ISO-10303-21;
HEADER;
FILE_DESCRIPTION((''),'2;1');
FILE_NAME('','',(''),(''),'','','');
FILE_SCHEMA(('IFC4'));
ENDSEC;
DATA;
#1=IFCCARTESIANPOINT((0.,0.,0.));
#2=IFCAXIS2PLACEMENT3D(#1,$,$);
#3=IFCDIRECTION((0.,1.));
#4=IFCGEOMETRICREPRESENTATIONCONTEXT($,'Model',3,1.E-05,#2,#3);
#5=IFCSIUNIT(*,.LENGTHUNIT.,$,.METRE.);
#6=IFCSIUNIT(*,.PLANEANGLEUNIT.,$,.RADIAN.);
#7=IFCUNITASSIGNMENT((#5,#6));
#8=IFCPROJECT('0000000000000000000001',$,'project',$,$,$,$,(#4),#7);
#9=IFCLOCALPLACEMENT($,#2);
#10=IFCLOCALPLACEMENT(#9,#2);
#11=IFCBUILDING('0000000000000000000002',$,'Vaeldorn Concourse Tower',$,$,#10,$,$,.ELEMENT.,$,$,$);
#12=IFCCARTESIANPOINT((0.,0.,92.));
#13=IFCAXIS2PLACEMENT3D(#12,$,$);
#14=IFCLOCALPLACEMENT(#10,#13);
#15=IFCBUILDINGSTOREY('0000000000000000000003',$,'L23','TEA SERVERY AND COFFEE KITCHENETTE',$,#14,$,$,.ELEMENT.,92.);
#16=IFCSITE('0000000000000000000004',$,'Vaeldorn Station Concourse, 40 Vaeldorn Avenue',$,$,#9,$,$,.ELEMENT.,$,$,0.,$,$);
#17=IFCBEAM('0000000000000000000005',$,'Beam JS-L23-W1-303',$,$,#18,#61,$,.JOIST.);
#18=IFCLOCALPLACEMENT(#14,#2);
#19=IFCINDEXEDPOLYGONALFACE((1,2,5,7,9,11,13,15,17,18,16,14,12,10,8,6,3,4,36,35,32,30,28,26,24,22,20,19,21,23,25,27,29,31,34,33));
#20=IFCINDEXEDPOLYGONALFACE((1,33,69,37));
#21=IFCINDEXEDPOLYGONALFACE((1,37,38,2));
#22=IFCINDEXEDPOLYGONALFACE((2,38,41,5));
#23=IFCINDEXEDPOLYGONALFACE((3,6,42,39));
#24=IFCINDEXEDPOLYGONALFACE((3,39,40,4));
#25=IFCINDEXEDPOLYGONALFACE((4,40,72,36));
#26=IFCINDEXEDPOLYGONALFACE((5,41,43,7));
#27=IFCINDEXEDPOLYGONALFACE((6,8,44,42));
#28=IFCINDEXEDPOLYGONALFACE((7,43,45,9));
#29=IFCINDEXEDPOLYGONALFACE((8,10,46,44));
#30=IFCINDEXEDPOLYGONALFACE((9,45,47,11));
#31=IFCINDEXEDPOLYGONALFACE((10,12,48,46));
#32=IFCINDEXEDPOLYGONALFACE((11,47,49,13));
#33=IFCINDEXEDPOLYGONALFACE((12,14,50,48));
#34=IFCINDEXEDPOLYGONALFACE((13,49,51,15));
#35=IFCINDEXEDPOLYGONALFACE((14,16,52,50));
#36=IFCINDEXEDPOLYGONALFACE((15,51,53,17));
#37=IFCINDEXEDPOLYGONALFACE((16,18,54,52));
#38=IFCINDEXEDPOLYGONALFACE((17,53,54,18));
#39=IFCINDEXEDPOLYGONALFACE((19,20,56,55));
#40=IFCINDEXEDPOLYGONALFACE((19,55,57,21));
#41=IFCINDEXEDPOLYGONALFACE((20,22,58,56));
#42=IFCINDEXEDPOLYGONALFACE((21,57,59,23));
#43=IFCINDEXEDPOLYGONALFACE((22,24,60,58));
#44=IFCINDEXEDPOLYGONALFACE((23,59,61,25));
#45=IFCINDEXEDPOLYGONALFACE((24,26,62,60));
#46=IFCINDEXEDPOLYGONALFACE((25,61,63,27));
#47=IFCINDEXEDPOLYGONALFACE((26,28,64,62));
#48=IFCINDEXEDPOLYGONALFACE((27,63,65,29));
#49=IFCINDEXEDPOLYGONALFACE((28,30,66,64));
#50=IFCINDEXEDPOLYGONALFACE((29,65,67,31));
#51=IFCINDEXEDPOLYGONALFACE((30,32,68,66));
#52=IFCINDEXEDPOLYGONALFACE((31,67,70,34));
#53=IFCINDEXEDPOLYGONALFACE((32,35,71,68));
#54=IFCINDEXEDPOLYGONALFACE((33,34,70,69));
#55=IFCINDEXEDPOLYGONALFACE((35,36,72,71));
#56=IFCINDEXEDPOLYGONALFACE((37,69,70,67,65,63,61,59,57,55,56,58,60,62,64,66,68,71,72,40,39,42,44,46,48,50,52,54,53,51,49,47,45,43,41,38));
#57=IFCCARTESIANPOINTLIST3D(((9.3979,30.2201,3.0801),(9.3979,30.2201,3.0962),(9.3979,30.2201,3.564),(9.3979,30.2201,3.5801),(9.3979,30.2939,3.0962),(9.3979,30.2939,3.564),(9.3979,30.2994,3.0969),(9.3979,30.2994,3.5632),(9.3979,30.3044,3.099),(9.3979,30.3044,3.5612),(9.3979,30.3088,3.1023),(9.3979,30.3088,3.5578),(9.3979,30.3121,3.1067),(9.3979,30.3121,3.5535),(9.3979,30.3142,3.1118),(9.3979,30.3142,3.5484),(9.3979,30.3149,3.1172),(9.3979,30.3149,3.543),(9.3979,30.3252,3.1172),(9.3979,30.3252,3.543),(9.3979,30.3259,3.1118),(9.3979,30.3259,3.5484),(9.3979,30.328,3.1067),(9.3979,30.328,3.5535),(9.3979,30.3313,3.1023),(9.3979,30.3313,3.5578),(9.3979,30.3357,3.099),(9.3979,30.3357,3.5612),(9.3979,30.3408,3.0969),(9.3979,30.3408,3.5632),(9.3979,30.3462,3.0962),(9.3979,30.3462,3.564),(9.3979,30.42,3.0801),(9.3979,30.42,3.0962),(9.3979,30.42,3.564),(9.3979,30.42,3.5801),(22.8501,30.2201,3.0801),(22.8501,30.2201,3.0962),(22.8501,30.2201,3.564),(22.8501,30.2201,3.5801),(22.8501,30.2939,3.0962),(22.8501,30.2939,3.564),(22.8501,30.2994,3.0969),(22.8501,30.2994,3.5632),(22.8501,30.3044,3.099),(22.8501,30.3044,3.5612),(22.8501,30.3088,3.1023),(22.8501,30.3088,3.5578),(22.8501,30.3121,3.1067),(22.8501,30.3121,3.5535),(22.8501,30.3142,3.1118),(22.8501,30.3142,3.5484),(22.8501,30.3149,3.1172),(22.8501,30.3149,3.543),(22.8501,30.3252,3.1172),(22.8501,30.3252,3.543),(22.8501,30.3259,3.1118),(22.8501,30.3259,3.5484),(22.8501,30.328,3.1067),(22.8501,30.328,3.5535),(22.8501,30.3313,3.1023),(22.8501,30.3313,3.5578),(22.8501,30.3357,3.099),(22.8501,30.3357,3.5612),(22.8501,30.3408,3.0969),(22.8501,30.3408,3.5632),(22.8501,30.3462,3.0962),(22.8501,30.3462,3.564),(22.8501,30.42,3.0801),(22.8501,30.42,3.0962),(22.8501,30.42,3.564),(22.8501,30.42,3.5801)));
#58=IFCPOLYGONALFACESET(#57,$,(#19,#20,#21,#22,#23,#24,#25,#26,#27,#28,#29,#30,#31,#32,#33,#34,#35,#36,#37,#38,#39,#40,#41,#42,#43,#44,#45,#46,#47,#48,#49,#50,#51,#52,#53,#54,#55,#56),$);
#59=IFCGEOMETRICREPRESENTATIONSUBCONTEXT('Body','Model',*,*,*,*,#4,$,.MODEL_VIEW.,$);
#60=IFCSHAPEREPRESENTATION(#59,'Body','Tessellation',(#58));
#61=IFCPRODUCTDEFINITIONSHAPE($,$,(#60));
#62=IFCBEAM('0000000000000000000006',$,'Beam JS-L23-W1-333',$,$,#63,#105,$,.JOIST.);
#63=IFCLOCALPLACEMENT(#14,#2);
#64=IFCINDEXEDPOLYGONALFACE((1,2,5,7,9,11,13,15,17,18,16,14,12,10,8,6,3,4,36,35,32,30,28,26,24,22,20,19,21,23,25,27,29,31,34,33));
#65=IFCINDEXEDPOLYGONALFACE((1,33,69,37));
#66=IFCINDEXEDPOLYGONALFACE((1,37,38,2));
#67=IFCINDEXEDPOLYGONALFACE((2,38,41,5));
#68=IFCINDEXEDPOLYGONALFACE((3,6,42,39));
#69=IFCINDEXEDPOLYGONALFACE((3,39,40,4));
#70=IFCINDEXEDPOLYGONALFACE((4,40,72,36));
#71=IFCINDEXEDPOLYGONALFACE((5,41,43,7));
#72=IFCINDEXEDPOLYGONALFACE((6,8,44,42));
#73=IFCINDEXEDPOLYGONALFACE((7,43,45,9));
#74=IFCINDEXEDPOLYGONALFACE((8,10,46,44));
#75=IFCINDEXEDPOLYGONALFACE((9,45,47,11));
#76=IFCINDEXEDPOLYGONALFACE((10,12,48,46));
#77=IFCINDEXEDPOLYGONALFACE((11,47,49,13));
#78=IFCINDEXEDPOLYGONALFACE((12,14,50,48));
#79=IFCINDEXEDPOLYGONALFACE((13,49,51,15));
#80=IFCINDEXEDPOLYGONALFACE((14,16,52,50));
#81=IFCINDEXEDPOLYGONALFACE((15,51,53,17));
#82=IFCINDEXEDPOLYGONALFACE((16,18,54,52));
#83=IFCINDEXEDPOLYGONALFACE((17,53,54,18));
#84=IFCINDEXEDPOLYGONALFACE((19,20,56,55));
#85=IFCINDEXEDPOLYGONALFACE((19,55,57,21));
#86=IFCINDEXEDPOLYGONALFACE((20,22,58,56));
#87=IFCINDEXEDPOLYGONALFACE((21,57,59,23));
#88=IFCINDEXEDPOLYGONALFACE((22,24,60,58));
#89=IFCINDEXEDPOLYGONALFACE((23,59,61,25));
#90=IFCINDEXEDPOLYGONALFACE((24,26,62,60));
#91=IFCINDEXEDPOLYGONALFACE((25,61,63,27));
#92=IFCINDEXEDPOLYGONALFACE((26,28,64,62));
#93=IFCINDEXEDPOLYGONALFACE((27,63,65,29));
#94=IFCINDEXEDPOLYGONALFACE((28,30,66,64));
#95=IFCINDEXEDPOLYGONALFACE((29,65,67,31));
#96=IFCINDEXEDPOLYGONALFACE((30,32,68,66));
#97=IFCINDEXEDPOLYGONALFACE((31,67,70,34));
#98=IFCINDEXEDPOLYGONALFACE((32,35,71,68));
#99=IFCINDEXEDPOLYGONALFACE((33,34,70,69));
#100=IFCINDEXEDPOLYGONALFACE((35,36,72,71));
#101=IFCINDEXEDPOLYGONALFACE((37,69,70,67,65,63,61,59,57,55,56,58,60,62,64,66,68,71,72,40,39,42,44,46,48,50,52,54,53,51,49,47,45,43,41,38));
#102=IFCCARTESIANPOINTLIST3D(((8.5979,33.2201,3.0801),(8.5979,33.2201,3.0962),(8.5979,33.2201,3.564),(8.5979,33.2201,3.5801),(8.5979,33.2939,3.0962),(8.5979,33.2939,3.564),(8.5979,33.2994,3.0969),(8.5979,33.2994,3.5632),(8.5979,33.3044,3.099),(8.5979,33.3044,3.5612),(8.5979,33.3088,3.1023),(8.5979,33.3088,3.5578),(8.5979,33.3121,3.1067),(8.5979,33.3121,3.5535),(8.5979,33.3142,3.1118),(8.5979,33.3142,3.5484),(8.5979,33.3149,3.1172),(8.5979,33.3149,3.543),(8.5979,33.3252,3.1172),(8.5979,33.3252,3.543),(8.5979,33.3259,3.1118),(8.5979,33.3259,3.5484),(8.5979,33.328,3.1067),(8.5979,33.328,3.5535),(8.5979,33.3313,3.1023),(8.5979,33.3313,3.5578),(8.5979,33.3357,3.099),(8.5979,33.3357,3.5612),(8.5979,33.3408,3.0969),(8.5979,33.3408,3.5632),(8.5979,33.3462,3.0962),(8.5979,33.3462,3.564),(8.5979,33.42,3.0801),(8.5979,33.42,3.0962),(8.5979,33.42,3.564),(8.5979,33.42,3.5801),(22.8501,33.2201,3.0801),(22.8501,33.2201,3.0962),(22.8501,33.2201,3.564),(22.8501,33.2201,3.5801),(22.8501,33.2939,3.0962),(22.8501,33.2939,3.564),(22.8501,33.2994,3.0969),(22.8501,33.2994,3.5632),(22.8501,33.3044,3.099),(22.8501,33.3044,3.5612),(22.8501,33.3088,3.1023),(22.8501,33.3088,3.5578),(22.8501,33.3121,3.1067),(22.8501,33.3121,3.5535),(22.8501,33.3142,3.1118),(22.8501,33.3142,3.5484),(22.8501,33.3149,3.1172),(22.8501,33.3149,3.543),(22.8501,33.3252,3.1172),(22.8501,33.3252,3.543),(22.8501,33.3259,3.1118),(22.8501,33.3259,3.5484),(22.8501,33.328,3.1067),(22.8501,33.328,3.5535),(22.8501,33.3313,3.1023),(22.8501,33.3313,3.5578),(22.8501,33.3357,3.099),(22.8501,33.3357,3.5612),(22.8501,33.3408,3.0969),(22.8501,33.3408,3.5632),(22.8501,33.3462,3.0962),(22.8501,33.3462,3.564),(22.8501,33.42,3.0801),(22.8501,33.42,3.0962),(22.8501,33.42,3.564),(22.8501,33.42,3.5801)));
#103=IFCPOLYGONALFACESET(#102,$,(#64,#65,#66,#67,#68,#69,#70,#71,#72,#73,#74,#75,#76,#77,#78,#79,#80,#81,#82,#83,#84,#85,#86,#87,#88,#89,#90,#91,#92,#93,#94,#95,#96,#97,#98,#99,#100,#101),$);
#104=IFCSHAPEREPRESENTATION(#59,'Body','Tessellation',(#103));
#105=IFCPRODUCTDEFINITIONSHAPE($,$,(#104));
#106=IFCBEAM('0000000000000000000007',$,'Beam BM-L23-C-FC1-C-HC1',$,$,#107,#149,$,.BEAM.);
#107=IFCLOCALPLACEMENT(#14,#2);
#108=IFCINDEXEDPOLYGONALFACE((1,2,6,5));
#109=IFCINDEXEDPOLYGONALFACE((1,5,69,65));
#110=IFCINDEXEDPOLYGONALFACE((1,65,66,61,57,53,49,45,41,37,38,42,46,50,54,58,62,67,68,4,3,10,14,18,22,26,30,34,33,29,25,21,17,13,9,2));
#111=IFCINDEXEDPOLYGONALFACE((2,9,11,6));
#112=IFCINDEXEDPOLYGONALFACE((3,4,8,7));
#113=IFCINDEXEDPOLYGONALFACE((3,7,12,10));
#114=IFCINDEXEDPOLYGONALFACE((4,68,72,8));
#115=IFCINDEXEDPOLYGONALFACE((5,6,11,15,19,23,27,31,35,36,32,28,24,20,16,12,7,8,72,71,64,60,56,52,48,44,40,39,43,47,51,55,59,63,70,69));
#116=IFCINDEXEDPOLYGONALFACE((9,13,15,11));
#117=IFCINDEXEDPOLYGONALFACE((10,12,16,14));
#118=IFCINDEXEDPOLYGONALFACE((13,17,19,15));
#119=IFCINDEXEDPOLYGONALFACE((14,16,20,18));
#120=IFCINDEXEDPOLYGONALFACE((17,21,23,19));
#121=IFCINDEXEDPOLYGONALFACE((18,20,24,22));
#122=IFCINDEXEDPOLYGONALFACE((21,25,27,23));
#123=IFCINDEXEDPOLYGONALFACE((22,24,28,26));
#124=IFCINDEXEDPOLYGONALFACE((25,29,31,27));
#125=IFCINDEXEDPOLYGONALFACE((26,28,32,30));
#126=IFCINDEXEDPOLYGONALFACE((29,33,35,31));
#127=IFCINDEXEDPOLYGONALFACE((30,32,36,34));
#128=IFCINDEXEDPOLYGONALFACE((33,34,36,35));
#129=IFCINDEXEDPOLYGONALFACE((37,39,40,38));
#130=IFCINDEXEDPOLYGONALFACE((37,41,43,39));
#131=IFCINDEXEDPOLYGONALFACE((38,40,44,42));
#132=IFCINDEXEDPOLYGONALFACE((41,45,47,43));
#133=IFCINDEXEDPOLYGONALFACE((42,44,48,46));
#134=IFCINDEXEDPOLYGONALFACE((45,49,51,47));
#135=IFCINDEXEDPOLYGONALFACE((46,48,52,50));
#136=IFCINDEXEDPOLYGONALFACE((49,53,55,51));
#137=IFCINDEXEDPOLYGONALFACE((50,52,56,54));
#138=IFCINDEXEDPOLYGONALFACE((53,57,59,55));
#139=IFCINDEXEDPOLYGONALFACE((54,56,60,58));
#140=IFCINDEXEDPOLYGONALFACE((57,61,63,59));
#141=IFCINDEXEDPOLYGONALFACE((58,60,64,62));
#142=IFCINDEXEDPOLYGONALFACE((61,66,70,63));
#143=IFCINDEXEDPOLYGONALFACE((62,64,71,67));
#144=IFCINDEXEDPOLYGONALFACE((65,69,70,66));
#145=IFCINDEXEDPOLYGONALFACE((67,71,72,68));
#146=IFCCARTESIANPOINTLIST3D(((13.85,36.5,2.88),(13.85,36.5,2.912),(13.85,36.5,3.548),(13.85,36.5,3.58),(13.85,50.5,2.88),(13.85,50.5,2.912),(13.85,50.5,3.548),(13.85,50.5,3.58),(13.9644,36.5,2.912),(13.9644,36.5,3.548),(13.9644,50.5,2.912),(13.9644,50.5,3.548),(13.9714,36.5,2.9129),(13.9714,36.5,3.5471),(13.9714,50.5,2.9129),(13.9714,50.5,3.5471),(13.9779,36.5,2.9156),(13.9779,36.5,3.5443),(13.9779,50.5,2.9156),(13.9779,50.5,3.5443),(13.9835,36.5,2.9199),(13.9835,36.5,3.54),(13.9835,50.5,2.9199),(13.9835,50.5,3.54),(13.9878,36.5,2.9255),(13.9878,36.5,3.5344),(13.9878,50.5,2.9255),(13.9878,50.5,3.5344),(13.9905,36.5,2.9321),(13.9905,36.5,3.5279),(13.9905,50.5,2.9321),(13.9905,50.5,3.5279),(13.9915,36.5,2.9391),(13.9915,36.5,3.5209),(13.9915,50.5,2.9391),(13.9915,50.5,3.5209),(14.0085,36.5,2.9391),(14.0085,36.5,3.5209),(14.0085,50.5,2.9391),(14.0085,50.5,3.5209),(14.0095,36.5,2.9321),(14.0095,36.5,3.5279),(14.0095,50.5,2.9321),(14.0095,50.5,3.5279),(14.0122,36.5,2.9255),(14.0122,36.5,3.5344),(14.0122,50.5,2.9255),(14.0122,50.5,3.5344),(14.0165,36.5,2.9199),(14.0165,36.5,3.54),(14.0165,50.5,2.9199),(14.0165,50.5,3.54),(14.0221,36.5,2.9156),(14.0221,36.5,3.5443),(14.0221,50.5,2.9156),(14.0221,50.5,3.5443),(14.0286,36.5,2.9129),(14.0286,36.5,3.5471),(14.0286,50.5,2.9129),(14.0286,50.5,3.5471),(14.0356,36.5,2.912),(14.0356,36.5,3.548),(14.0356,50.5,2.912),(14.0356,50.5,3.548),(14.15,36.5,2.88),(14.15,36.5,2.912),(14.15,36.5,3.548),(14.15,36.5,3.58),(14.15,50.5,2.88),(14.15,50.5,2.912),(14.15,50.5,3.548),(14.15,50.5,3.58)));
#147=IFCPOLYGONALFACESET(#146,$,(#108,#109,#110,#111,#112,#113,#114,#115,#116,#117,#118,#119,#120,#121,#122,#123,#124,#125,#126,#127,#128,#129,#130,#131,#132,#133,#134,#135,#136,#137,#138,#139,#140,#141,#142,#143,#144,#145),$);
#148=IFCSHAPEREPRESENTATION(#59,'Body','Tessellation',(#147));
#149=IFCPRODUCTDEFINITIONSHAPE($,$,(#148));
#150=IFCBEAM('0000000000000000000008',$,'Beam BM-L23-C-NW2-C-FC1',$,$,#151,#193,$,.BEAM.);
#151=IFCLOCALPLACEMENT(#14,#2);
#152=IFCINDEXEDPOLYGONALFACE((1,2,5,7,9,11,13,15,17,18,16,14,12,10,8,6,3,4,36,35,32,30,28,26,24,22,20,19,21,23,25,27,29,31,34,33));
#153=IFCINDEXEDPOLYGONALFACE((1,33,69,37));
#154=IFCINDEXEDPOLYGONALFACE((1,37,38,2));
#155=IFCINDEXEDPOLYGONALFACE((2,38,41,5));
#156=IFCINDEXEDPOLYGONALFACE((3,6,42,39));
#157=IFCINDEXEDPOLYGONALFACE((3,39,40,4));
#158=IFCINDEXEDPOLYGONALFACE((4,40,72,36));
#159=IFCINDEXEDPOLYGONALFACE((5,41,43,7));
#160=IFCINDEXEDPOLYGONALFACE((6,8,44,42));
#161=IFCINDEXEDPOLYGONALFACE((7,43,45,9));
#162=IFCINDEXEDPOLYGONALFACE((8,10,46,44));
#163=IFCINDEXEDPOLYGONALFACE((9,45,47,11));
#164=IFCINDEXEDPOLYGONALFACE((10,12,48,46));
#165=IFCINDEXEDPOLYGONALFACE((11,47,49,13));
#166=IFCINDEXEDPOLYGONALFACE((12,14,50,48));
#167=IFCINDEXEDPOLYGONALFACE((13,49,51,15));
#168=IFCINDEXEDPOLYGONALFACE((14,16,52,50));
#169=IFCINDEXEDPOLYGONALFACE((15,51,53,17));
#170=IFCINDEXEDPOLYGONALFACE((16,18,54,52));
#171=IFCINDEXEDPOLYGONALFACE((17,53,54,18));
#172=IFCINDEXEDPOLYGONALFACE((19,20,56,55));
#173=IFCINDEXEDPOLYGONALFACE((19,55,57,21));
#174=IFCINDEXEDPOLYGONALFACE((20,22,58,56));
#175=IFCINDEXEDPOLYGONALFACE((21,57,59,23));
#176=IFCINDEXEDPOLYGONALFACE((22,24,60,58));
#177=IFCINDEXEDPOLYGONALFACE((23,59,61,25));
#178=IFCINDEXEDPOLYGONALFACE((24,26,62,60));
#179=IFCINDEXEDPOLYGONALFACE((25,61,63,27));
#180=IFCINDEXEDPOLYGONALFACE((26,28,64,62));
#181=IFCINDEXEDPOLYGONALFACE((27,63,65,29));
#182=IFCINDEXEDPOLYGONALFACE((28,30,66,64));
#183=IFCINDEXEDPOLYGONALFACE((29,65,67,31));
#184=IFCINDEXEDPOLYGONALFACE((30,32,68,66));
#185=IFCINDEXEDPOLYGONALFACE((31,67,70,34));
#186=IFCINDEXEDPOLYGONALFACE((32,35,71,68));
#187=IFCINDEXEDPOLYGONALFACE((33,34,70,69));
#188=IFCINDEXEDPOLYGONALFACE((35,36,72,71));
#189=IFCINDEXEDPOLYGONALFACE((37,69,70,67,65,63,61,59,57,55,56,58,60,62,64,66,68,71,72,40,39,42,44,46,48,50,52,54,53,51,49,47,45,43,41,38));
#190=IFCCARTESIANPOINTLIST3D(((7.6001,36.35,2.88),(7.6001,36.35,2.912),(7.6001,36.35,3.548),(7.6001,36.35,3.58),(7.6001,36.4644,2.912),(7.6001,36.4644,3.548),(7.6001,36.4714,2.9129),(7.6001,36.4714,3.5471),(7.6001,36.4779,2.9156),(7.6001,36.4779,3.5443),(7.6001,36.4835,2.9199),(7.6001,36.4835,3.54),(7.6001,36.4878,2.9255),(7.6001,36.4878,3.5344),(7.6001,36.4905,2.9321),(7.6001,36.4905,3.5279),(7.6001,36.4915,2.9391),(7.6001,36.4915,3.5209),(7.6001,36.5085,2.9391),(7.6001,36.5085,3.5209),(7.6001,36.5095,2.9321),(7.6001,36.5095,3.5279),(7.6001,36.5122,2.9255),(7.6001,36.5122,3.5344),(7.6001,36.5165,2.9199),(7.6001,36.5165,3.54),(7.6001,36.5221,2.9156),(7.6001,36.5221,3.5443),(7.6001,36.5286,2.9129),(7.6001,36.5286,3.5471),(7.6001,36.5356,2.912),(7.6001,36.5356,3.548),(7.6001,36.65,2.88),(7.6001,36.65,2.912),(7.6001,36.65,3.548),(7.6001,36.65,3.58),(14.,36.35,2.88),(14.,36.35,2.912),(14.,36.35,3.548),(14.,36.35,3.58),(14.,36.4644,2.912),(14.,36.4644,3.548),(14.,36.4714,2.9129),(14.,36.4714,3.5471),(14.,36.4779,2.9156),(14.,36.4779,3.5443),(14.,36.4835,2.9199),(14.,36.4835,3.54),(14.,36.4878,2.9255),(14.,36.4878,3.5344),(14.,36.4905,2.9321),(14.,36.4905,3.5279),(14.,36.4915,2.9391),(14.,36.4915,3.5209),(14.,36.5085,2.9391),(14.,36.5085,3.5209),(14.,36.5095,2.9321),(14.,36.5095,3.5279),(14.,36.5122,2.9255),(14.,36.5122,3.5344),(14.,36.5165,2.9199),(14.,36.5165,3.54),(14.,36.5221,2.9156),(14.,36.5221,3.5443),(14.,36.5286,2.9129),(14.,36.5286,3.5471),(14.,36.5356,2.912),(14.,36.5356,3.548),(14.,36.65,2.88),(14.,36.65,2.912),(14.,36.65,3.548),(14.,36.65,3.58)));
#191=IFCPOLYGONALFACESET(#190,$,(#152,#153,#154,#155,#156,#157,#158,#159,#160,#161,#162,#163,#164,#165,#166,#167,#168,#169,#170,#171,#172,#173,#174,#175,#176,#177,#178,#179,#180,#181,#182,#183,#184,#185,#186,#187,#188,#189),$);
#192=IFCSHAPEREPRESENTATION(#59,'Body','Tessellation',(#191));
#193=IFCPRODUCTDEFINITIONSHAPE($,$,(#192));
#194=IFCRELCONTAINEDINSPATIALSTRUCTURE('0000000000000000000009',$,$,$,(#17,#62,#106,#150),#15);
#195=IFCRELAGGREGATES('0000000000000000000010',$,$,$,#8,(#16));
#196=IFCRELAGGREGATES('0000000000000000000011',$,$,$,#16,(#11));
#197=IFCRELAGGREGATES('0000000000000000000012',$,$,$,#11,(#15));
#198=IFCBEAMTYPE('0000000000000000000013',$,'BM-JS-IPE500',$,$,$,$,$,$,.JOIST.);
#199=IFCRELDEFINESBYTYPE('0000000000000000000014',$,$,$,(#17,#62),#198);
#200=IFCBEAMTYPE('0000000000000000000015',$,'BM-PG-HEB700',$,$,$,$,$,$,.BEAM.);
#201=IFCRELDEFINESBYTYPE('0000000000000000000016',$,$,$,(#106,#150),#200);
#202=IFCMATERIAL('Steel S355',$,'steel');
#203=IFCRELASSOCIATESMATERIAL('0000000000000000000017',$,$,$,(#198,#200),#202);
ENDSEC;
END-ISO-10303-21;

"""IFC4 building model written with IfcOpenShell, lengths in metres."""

from ifc_helpers import new_model, si_unit, direction, frame, origin, origin_2d, place, context, subcontext, project, spatial, i_section, extrude, source, transform, mapped, material, material_profile, profile_set, type_object, element, save


model = new_model("IFC4")

# Units and contexts
model_context = context("Model", 3, precision=1e-05, world=origin(), true_north=direction((0.0, 1.0)))
body_context = subcontext(model_context, "Body", "Model", "MODEL_VIEW")
ifc_project = project(units=[si_unit("LENGTHUNIT", "METRE"), si_unit("PLANEANGLEUNIT", "RADIAN")], contexts=[model_context])

# Site, building, storey
site_placement = place(None, origin())
site = spatial("IfcSite", under=ifc_project, at=site_placement, Name="Vaeldorn Station Concourse, 40 Vaeldorn Avenue", CompositionType="ELEMENT", RefElevation=0.0)
building_placement = place(site_placement, origin())
building = spatial("IfcBuilding", under=site, at=building_placement, Name="Vaeldorn Concourse Tower", CompositionType="ELEMENT")
storey_placement = place(building_placement, frame((0.0, 0.0, 92.0)))
storey = spatial("IfcBuildingStorey", under=building, at=storey_placement, Name="L23", Description="TEA SERVERY AND COFFEE KITCHENETTE", CompositionType="ELEMENT", Elevation=92.0)

# Beams
ifc_material_1 = material(Name="Steel S355", Category="steel")
ifc_material_profile_1 = material_profile(ifc_material_1, i_section(OverallWidth=0.2, OverallDepth=0.5, WebThickness=0.0103, FlangeThickness=0.0161, FilletRadius=0.021, at=origin_2d()), Name="IPE 500")
ifc_profile_set_1 = profile_set([ifc_material_profile_1], Name="Steel S355")
beam_type_1 = type_object("IfcBeamType", Name="BM-JS-IPE500", PredefinedType="JOIST", material=ifc_profile_set_1)
shared_shape_1 = source(origin(), body_context, "Body", "SweptSolid", [
    extrude(i_section(OverallWidth=0.2, OverallDepth=0.5, WebThickness=0.0103, FlangeThickness=0.0161, FilletRadius=0.021, at=origin_2d()), origin(), (0.0, 0.0, 1.0), 13.4521),
])
beam_1_placement = place(storey_placement, frame((9.3979, 30.3201, 3.3301), z_axis=(1.0, 0.0, 0.0), x_axis=(0.0, 1.0, 0.0)))
element("IfcBeam", 1, at=beam_1_placement, inside=storey, type_object=beam_type_1, Name="Beam JS-L23-W1-303", PredefinedType="JOIST", context=body_context, shape_type="MappedRepresentation", body=[
    mapped(shared_shape_1, transform((0.0, 0.0, 0.0), scale=1.0)),
])
shared_shape_2 = source(origin(), body_context, "Body", "SweptSolid", [
    extrude(i_section(OverallWidth=0.2, OverallDepth=0.5, WebThickness=0.0103, FlangeThickness=0.0161, FilletRadius=0.021, at=origin_2d()), origin(), (0.0, 0.0, 1.0), 14.2522),
])
beam_2_placement = place(storey_placement, frame((8.5979, 33.3201, 3.3301), z_axis=(1.0, 0.0, 0.0), x_axis=(0.0, 1.0, 0.0)))
element("IfcBeam", 2, at=beam_2_placement, inside=storey, type_object=beam_type_1, Name="Beam JS-L23-W1-333", PredefinedType="JOIST", context=body_context, shape_type="MappedRepresentation", body=[
    mapped(shared_shape_2, transform((0.0, 0.0, 0.0), scale=1.0)),
])
ifc_material_profile_2 = material_profile(ifc_material_1, i_section(OverallWidth=0.3, OverallDepth=0.7, WebThickness=0.0171, FlangeThickness=0.032, FilletRadius=0.0271, at=origin_2d()), Name="HEB 700")
ifc_profile_set_2 = profile_set([ifc_material_profile_2], Name="Steel S355")
beam_type_2 = type_object("IfcBeamType", Name="BM-PG-HEB700", PredefinedType="BEAM", material=ifc_profile_set_2)
shared_shape_3 = source(origin(), body_context, "Body", "SweptSolid", [
    extrude(i_section(OverallWidth=0.3, OverallDepth=0.7, WebThickness=0.0171, FlangeThickness=0.032, FilletRadius=0.0271, at=origin_2d()), origin(), (0.0, 0.0, 1.0), 14.0),
])
beam_3_placement = place(storey_placement, frame((14.0, 36.5, 3.23), z_axis=(0.0, 1.0, 0.0), x_axis=(-1.0, 0.0, 0.0)))
element("IfcBeam", 3, at=beam_3_placement, inside=storey, type_object=beam_type_2, Name="Beam BM-L23-C-FC1-C-HC1", PredefinedType="BEAM", context=body_context, shape_type="MappedRepresentation", body=[
    mapped(shared_shape_3, transform((0.0, 0.0, 0.0), scale=1.0)),
])
shared_shape_4 = source(origin(), body_context, "Body", "SweptSolid", [
    extrude(i_section(OverallWidth=0.3, OverallDepth=0.7, WebThickness=0.0171, FlangeThickness=0.032, FilletRadius=0.0271, at=origin_2d()), origin(), (0.0, 0.0, 1.0), 6.3999),
])
beam_4_placement = place(storey_placement, frame((7.6001, 36.5, 3.23), z_axis=(1.0, 0.0, 0.0), x_axis=(0.0, 1.0, 0.0)))
element("IfcBeam", 4, at=beam_4_placement, inside=storey, type_object=beam_type_2, Name="Beam BM-L23-C-NW2-C-FC1", PredefinedType="BEAM", context=body_context, shape_type="MappedRepresentation", body=[
    mapped(shared_shape_4, transform((0.0, 0.0, 0.0), scale=1.0)),
])

save(model, "model.ifc")
